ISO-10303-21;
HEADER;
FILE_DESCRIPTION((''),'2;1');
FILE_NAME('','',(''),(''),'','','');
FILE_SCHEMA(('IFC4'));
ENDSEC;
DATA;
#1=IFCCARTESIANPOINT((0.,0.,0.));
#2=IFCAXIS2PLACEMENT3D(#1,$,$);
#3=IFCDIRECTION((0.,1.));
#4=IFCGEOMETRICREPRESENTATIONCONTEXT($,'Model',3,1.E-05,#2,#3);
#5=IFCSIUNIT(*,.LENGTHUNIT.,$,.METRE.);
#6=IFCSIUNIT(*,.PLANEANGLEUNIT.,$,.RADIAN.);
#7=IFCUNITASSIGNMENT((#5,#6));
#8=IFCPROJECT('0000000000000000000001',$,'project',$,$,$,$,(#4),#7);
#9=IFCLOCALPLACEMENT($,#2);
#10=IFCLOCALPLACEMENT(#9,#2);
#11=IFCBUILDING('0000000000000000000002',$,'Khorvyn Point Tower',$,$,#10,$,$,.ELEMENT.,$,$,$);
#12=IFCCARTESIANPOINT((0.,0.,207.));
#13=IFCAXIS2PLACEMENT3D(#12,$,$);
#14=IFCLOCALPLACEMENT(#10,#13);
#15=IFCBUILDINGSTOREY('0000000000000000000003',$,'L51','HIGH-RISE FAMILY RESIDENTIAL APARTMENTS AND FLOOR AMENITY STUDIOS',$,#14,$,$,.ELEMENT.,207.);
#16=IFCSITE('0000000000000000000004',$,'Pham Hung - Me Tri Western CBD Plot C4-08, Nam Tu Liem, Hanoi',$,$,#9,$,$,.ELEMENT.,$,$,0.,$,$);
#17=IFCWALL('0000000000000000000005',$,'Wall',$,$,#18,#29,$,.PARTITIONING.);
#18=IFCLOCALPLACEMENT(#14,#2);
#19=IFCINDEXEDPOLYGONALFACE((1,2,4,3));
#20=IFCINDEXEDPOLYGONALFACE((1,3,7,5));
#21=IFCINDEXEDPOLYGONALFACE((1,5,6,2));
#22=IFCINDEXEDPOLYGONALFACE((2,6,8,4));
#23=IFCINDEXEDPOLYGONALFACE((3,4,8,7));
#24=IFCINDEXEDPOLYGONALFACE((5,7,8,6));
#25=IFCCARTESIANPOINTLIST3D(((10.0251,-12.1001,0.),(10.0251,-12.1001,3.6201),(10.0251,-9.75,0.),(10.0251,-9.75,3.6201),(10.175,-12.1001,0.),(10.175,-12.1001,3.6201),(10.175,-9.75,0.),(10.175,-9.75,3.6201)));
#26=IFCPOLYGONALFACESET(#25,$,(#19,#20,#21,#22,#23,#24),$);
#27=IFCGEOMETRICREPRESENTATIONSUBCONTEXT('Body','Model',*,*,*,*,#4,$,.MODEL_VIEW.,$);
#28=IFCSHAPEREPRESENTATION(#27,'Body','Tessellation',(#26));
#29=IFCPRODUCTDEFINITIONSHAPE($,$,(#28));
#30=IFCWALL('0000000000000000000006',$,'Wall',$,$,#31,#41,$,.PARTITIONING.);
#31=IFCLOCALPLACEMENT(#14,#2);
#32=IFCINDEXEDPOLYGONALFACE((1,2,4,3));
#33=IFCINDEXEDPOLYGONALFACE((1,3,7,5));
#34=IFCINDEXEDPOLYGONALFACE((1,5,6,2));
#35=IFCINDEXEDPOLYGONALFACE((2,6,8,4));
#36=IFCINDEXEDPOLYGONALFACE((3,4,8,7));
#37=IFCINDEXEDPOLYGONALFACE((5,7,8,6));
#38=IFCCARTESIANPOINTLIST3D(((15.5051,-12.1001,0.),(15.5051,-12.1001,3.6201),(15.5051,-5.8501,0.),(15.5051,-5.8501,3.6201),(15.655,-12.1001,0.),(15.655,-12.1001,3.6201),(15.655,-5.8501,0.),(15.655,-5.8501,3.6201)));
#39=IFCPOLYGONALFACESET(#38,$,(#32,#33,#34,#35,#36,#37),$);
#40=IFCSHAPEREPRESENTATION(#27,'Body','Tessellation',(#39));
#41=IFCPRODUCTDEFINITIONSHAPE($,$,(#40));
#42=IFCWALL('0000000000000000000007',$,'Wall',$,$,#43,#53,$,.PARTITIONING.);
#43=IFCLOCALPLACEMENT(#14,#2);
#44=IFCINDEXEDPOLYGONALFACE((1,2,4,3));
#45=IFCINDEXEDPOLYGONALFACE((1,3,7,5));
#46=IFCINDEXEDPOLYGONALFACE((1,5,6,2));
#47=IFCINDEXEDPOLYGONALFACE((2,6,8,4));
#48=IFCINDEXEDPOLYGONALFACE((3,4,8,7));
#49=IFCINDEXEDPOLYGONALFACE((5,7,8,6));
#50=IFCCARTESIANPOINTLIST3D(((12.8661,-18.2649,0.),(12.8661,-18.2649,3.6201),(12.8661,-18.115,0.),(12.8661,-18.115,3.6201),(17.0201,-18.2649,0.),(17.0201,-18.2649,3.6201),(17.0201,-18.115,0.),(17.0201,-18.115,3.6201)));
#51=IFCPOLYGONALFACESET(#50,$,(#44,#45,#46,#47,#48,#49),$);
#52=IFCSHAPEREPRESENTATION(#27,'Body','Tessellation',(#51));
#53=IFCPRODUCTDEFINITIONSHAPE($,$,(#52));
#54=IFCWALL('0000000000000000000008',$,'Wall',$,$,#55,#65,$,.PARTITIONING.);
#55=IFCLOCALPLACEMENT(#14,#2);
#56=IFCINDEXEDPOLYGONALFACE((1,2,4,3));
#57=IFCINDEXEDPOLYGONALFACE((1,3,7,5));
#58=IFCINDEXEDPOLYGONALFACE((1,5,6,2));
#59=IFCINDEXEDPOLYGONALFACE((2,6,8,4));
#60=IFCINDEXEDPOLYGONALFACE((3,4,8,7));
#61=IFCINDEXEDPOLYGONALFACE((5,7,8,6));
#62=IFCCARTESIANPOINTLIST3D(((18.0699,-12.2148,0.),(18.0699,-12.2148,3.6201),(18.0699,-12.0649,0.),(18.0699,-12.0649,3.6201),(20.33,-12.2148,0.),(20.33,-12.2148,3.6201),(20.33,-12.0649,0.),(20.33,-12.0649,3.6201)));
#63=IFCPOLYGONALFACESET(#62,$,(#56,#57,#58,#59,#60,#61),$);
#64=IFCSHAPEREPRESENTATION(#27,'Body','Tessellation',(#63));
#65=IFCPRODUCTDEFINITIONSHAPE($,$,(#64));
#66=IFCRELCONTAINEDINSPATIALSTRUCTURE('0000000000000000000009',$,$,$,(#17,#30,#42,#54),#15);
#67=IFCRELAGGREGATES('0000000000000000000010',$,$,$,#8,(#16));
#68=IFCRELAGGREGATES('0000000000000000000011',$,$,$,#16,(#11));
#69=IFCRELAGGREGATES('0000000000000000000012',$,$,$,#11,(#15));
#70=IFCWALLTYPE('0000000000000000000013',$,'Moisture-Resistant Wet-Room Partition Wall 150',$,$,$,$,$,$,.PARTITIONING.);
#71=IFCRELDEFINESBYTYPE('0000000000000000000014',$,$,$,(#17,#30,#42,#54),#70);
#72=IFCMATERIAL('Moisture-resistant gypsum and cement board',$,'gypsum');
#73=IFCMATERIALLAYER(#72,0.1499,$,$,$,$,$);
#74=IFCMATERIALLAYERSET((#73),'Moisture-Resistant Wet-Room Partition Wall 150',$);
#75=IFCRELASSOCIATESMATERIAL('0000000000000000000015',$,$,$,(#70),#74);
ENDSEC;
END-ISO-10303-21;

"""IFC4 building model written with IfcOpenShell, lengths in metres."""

from ifc_helpers import new_model, si_unit, direction, frame, frame_2d, origin, place, context, subcontext, project, spatial, rectangle, extrude, material, layer, layer_set, type_object, element, save


model = new_model("IFC4")

# Units and contexts
model_context = context("Model", 3, precision=1e-05, world=origin(), true_north=direction((0.0, 1.0)))
body_context = subcontext(model_context, "Body", "Model", "MODEL_VIEW")
ifc_project = project(units=[si_unit("LENGTHUNIT", "METRE"), si_unit("PLANEANGLEUNIT", "RADIAN")], contexts=[model_context])

# Site, building, storey
site_placement = place(None, origin())
site = spatial("IfcSite", under=ifc_project, at=site_placement, Name="Pham Hung - Me Tri Western CBD Plot C4-08, Nam Tu Liem, Hanoi", CompositionType="ELEMENT", RefElevation=0.0)
building_placement = place(site_placement, origin())
building = spatial("IfcBuilding", under=site, at=building_placement, Name="Khorvyn Point Tower", CompositionType="ELEMENT")
storey_placement = place(building_placement, frame((0.0, 0.0, 207.0)))
storey = spatial("IfcBuildingStorey", under=building, at=storey_placement, Name="L51", Description="HIGH-RISE FAMILY RESIDENTIAL APARTMENTS AND FLOOR AMENITY STUDIOS", CompositionType="ELEMENT", Elevation=207.0)

# Shared definitions
ifc_material_1 = material(Name="Moisture-resistant gypsum and cement board", Category="gypsum")
ifc_layer_1 = layer(ifc_material_1, 0.1499)
ifc_layer_set_1 = layer_set([ifc_layer_1], Name="Moisture-Resistant Wet-Room Partition Wall 150")
wall_type_1 = type_object("IfcWallType", Name="Moisture-Resistant Wet-Room Partition Wall 150", PredefinedType="PARTITIONING", material=ifc_layer_set_1)

# Walls
wall_1_placement = place(storey_placement, frame((10.1001, -12.1001, 0.0), z_axis=(0.0, 0.0, 1.0), x_axis=(0.0, 1.0, 0.0)))
element("IfcWall", 1, at=wall_1_placement, inside=storey, type_object=wall_type_1, Name="Wall", PredefinedType="PARTITIONING", context=body_context, shape_type="SweptSolid", body=[
    extrude(rectangle(XDim=2.3501, YDim=0.1499, at=frame_2d((1.175, 0.0))), origin(), (0.0, 0.0, 1.0), 3.6201),
])
wall_2_placement = place(storey_placement, frame((15.5801, -12.1001, 0.0), z_axis=(0.0, 0.0, 1.0), x_axis=(0.0, 1.0, 0.0)))
element("IfcWall", 2, at=wall_2_placement, inside=storey, type_object=wall_type_1, Name="Wall", PredefinedType="PARTITIONING", context=body_context, shape_type="SweptSolid", body=[
    extrude(rectangle(XDim=6.25, YDim=0.1499, at=frame_2d((3.125, 0.0))), origin(), (0.0, 0.0, 1.0), 3.6201),
])
wall_3_placement = place(storey_placement, frame((12.866, -18.1899, 0.0), z_axis=(0.0, 0.0, 1.0), x_axis=(1.0, 0.0, 0.0)))
element("IfcWall", 3, at=wall_3_placement, inside=storey, type_object=wall_type_1, Name="Wall", PredefinedType="PARTITIONING", context=body_context, shape_type="SweptSolid", body=[
    extrude(rectangle(XDim=4.1541, YDim=0.1499, at=frame_2d((2.0771, 0.0))), origin(), (0.0, 0.0, 1.0), 3.6201),
])
wall_4_placement = place(storey_placement, frame((18.0701, -12.1399, 0.0), z_axis=(0.0, 0.0, 1.0), x_axis=(1.0, 0.0, 0.0)))
element("IfcWall", 4, at=wall_4_placement, inside=storey, type_object=wall_type_1, Name="Wall", PredefinedType="PARTITIONING", context=body_context, shape_type="SweptSolid", body=[
    extrude(rectangle(XDim=2.26, YDim=0.1499, at=frame_2d((1.1299, 0.0))), origin(), (0.0, 0.0, 1.0), 3.6201),
])

save(model, "model.ifc")
